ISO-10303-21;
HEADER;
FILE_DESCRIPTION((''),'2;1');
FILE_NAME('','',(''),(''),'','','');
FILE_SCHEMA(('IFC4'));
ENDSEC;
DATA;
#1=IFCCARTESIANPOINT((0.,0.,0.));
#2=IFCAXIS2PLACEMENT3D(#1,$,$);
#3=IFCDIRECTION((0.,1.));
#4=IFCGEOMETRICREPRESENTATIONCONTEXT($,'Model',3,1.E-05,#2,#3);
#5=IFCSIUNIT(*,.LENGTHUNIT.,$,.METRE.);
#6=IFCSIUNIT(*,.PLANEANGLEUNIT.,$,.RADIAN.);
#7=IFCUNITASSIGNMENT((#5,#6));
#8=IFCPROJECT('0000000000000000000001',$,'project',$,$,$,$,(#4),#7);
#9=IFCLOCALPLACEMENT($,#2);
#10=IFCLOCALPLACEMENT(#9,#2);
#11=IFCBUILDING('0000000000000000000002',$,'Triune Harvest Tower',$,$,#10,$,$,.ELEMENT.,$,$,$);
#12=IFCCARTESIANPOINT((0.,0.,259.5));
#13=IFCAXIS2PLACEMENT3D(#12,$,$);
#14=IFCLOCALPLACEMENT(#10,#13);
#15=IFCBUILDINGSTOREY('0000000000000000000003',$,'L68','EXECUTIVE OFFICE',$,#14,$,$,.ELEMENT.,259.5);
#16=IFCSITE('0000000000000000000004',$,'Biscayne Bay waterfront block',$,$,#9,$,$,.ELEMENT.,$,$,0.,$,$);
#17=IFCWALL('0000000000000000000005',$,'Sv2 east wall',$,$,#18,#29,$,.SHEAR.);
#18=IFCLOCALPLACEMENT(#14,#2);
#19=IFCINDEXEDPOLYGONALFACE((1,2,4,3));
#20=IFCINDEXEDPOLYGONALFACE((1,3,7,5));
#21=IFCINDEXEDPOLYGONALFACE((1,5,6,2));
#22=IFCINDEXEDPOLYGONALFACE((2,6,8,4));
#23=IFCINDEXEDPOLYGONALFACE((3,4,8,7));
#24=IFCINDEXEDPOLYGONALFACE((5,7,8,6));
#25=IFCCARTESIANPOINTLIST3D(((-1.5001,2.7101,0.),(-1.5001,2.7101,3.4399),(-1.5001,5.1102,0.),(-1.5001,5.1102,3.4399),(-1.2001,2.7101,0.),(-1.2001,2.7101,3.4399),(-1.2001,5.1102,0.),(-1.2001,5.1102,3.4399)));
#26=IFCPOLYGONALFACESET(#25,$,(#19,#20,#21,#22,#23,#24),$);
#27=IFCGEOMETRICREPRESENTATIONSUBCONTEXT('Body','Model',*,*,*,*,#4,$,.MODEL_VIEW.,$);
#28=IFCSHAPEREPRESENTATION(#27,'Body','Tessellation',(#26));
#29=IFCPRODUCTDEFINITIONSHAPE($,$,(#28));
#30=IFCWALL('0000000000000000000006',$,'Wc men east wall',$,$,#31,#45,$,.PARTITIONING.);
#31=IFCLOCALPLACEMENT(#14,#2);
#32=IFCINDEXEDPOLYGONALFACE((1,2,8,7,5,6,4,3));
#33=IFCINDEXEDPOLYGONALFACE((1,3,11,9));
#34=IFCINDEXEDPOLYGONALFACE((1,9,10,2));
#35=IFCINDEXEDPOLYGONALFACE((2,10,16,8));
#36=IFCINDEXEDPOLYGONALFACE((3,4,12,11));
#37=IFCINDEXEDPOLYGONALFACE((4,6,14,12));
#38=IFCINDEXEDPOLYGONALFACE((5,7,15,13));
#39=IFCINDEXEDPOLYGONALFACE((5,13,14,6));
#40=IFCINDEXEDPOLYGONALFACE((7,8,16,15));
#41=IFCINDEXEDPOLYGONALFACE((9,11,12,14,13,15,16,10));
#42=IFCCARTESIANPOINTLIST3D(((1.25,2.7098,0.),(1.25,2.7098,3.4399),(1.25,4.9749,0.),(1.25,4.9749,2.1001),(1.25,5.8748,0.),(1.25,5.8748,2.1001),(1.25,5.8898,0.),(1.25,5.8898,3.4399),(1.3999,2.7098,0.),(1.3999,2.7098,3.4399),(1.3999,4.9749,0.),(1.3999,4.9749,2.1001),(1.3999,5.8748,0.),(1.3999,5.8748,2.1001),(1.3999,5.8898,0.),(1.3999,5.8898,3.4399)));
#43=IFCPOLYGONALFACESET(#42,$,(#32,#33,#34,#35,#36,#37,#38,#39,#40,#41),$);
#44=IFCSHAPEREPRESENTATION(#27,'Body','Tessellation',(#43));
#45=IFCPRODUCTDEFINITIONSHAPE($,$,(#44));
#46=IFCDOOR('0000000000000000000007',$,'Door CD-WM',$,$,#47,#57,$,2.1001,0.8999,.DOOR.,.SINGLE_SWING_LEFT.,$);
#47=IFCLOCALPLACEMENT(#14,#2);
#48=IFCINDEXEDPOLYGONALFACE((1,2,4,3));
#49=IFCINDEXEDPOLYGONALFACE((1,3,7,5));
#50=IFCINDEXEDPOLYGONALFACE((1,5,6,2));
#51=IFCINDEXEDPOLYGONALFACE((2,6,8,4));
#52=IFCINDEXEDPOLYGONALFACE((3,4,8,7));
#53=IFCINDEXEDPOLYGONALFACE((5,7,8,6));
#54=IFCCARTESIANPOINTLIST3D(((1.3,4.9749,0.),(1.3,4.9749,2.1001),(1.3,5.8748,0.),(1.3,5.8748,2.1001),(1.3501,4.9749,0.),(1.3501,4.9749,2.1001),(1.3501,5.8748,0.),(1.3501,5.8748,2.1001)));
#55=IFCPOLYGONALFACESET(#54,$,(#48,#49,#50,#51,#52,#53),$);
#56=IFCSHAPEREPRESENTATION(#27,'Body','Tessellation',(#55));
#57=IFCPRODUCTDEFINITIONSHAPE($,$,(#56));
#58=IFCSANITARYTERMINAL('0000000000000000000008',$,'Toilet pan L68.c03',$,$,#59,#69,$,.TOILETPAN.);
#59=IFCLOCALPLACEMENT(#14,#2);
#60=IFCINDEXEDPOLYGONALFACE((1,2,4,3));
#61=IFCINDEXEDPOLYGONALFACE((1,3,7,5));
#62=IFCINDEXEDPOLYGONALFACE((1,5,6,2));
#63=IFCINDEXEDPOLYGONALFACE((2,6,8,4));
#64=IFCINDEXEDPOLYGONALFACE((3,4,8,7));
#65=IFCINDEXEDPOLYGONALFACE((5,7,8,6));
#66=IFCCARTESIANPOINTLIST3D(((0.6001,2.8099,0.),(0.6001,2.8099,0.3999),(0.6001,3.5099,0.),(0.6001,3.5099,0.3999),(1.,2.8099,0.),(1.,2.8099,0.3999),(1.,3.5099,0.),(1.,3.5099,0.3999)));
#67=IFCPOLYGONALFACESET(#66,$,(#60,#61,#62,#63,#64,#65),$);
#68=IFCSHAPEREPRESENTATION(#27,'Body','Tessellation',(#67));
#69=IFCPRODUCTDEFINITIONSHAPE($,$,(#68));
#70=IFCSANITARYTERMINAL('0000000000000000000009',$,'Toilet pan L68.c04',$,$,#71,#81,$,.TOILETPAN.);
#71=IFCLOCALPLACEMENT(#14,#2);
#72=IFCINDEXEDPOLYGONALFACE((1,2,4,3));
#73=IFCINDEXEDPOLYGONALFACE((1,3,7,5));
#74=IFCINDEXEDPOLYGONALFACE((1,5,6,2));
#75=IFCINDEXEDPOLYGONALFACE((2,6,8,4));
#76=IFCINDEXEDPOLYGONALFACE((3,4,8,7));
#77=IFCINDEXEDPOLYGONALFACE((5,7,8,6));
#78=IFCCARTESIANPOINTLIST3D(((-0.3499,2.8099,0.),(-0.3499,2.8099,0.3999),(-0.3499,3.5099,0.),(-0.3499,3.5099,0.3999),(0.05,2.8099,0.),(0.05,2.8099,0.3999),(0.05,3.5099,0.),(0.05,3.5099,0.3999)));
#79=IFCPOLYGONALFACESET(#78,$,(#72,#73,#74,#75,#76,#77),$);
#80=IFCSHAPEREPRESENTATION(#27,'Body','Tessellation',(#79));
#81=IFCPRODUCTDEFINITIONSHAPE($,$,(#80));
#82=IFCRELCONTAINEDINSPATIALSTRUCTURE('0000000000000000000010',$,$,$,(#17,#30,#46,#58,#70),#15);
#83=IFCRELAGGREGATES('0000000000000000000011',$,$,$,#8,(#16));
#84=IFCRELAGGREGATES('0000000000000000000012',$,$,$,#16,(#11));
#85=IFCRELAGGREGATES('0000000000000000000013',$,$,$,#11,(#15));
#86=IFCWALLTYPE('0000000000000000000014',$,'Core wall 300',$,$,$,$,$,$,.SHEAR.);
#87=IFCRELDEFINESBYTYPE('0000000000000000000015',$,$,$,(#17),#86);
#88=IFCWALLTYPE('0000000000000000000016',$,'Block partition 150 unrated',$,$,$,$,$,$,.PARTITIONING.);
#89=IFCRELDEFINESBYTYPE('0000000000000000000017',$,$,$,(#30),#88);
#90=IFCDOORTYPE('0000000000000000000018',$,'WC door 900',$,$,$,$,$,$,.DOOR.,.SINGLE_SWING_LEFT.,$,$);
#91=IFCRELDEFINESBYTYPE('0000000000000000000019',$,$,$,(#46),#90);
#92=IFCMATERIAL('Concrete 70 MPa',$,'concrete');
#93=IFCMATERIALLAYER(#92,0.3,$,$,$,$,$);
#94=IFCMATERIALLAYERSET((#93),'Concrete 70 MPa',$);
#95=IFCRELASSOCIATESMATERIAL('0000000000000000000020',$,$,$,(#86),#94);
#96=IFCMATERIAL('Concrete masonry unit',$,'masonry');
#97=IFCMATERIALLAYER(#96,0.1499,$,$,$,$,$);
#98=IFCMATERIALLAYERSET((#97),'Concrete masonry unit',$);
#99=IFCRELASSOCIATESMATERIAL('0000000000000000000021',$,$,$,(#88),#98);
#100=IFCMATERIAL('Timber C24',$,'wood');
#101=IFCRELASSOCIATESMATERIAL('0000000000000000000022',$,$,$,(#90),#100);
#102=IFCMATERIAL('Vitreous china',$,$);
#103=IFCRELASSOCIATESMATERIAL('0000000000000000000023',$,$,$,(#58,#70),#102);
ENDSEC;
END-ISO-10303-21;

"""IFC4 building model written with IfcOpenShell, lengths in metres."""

from ifc_helpers import new_model, si_unit, direction, frame, frame_2d, origin, origin_2d, place, context, subcontext, project, spatial, rectangle, extrude, source, transform, mapped, material, layer, layer_set, type_object, element, fill, save


model = new_model("IFC4")

# Units and contexts
model_context = context("Model", 3, precision=1e-05, world=origin(), true_north=direction((0.0, 1.0)))
body_context = subcontext(model_context, "Body", "Model", "MODEL_VIEW")
ifc_project = project(units=[si_unit("LENGTHUNIT", "METRE"), si_unit("PLANEANGLEUNIT", "RADIAN")], contexts=[model_context])

# Site, building, storey
site_placement = place(None, origin())
site = spatial("IfcSite", under=ifc_project, at=site_placement, Name="Biscayne Bay waterfront block", CompositionType="ELEMENT", RefElevation=0.0)
building_placement = place(site_placement, origin())
building = spatial("IfcBuilding", under=site, at=building_placement, Name="Triune Harvest Tower", CompositionType="ELEMENT")
storey_placement = place(building_placement, frame((0.0, 0.0, 259.5)))
storey = spatial("IfcBuildingStorey", under=building, at=storey_placement, Name="L68", Description="EXECUTIVE OFFICE", CompositionType="ELEMENT", Elevation=259.5)

# Wall
ifc_material_1 = material(Name="Concrete 70 MPa", Category="concrete")
ifc_layer_1 = layer(ifc_material_1, 0.3)
ifc_layer_set_1 = layer_set([ifc_layer_1], Name="Concrete 70 MPa")
wall_type_1 = type_object("IfcWallType", Name="Core wall 300", PredefinedType="SHEAR", material=ifc_layer_set_1)
shared_shape_1 = source(origin(), body_context, "Body", "SweptSolid", [
    extrude(rectangle(XDim=2.4001, YDim=0.3, at=frame_2d((1.2002, 0.0))), origin(), (0.0, 0.0, 1.0), 3.4399),
])
wall_1_placement = place(storey_placement, frame((-1.3501, 2.71, 0.0), z_axis=(0.0, 0.0, 1.0), x_axis=(0.0, 1.0, 0.0)))
element("IfcWall", 1, at=wall_1_placement, inside=storey, type_object=wall_type_1, Name="Sv2 east wall", PredefinedType="SHEAR", context=body_context, shape_type="MappedRepresentation", body=[
    mapped(shared_shape_1, transform((0.0, 0.0, 0.0), scale=1.0)),
])

# Wall, opening, door
ifc_material_2 = material(Name="Concrete masonry unit", Category="masonry")
ifc_layer_2 = layer(ifc_material_2, 0.1499)
ifc_layer_set_2 = layer_set([ifc_layer_2], Name="Concrete masonry unit")
wall_type_2 = type_object("IfcWallType", Name="Block partition 150 unrated", PredefinedType="PARTITIONING", material=ifc_layer_set_2)
shared_shape_2 = source(origin(), body_context, "Body", "SweptSolid", [
    extrude(rectangle(XDim=3.1799, YDim=0.1499, at=frame_2d((1.5898, 0.0))), origin(), (0.0, 0.0, 1.0), 3.4399),
])
wall_2_placement = place(storey_placement, frame((1.325, 2.71, 0.0), z_axis=(0.0, 0.0, 1.0), x_axis=(0.0, 1.0, 0.0)))
wall_2 = element("IfcWall", 2, at=wall_2_placement, inside=storey, type_object=wall_type_2, Name="Wc men east wall", PredefinedType="PARTITIONING", context=body_context, shape_type="MappedRepresentation", body=[
    mapped(shared_shape_2, transform((0.0, 0.0, 0.0), scale=1.0)),
])
opening_1_placement = place(wall_2_placement, frame((2.2649, 0.0, 0.0)))
opening_1 = element("IfcOpeningElement", 3, at=opening_1_placement, cuts=wall_2, PredefinedType="OPENING", context=body_context, shape_type="SweptSolid", body=[
    extrude(rectangle(XDim=0.8999, YDim=2.1001, at=frame_2d((0.45, 1.05))), frame((0.0, 0.085, 0.0), z_axis=(0.0, -1.0, 0.0), x_axis=(1.0, 0.0, 0.0)), (0.0, 0.0, 1.0), 0.1699),
])
ifc_material_3 = material(Name="Timber C24", Category="wood")
door_type_1 = type_object("IfcDoorType", Name="WC door 900", OperationType="SINGLE_SWING_LEFT", PredefinedType="DOOR", material=ifc_material_3)
door_1_placement = place(opening_1_placement, origin())
door_1 = element("IfcDoor", 4, at=door_1_placement, inside=storey, type_object=door_type_1, Name="Door CD-WM", OperationType="SINGLE_SWING_LEFT", OverallHeight=2.1001, OverallWidth=0.8999, PredefinedType="DOOR", context=body_context, shape_type="SweptSolid", body=[
    extrude(rectangle(XDim=0.8999, YDim=2.1001, at=frame_2d((0.45, 1.05))), frame((0.0, 0.0249, 0.0), z_axis=(0.0, -1.0, 0.0), x_axis=(1.0, 0.0, 0.0)), (0.0, 0.0, 1.0), 0.05),
])
fill(opening_1, door_1)

# Sanitary terminals
ifc_material_4 = material(Name="Vitreous china")
shared_shape_3 = source(origin(), body_context, "Body", "SweptSolid", [
    extrude(rectangle(XDim=0.3999, YDim=0.7, at=origin_2d()), origin(), (0.0, 0.0, 1.0), 0.3999),
])
for number, where, z_axis, x_axis, name in (
    (5, (0.8, 3.1599, 0.0), (0.0, 0.0, 1.0), (-1.0, 0.0, 0.0), "Toilet pan L68.c03"),
    (6, (-0.1499, 3.1599, 0.0), (0.0, 0.0, 1.0), (-1.0, 0.0, 0.0), "Toilet pan L68.c04"),
):
    element("IfcSanitaryTerminal", number, at=place(storey_placement, frame(where, z_axis=z_axis, x_axis=x_axis)), inside=storey, material=ifc_material_4, Name=name, PredefinedType="TOILETPAN", context=body_context, shape_type="MappedRepresentation", body=[
        mapped(shared_shape_3, transform((0.0, 0.0, 0.0), scale=1.0)),
    ])

save(model, "model.ifc")
